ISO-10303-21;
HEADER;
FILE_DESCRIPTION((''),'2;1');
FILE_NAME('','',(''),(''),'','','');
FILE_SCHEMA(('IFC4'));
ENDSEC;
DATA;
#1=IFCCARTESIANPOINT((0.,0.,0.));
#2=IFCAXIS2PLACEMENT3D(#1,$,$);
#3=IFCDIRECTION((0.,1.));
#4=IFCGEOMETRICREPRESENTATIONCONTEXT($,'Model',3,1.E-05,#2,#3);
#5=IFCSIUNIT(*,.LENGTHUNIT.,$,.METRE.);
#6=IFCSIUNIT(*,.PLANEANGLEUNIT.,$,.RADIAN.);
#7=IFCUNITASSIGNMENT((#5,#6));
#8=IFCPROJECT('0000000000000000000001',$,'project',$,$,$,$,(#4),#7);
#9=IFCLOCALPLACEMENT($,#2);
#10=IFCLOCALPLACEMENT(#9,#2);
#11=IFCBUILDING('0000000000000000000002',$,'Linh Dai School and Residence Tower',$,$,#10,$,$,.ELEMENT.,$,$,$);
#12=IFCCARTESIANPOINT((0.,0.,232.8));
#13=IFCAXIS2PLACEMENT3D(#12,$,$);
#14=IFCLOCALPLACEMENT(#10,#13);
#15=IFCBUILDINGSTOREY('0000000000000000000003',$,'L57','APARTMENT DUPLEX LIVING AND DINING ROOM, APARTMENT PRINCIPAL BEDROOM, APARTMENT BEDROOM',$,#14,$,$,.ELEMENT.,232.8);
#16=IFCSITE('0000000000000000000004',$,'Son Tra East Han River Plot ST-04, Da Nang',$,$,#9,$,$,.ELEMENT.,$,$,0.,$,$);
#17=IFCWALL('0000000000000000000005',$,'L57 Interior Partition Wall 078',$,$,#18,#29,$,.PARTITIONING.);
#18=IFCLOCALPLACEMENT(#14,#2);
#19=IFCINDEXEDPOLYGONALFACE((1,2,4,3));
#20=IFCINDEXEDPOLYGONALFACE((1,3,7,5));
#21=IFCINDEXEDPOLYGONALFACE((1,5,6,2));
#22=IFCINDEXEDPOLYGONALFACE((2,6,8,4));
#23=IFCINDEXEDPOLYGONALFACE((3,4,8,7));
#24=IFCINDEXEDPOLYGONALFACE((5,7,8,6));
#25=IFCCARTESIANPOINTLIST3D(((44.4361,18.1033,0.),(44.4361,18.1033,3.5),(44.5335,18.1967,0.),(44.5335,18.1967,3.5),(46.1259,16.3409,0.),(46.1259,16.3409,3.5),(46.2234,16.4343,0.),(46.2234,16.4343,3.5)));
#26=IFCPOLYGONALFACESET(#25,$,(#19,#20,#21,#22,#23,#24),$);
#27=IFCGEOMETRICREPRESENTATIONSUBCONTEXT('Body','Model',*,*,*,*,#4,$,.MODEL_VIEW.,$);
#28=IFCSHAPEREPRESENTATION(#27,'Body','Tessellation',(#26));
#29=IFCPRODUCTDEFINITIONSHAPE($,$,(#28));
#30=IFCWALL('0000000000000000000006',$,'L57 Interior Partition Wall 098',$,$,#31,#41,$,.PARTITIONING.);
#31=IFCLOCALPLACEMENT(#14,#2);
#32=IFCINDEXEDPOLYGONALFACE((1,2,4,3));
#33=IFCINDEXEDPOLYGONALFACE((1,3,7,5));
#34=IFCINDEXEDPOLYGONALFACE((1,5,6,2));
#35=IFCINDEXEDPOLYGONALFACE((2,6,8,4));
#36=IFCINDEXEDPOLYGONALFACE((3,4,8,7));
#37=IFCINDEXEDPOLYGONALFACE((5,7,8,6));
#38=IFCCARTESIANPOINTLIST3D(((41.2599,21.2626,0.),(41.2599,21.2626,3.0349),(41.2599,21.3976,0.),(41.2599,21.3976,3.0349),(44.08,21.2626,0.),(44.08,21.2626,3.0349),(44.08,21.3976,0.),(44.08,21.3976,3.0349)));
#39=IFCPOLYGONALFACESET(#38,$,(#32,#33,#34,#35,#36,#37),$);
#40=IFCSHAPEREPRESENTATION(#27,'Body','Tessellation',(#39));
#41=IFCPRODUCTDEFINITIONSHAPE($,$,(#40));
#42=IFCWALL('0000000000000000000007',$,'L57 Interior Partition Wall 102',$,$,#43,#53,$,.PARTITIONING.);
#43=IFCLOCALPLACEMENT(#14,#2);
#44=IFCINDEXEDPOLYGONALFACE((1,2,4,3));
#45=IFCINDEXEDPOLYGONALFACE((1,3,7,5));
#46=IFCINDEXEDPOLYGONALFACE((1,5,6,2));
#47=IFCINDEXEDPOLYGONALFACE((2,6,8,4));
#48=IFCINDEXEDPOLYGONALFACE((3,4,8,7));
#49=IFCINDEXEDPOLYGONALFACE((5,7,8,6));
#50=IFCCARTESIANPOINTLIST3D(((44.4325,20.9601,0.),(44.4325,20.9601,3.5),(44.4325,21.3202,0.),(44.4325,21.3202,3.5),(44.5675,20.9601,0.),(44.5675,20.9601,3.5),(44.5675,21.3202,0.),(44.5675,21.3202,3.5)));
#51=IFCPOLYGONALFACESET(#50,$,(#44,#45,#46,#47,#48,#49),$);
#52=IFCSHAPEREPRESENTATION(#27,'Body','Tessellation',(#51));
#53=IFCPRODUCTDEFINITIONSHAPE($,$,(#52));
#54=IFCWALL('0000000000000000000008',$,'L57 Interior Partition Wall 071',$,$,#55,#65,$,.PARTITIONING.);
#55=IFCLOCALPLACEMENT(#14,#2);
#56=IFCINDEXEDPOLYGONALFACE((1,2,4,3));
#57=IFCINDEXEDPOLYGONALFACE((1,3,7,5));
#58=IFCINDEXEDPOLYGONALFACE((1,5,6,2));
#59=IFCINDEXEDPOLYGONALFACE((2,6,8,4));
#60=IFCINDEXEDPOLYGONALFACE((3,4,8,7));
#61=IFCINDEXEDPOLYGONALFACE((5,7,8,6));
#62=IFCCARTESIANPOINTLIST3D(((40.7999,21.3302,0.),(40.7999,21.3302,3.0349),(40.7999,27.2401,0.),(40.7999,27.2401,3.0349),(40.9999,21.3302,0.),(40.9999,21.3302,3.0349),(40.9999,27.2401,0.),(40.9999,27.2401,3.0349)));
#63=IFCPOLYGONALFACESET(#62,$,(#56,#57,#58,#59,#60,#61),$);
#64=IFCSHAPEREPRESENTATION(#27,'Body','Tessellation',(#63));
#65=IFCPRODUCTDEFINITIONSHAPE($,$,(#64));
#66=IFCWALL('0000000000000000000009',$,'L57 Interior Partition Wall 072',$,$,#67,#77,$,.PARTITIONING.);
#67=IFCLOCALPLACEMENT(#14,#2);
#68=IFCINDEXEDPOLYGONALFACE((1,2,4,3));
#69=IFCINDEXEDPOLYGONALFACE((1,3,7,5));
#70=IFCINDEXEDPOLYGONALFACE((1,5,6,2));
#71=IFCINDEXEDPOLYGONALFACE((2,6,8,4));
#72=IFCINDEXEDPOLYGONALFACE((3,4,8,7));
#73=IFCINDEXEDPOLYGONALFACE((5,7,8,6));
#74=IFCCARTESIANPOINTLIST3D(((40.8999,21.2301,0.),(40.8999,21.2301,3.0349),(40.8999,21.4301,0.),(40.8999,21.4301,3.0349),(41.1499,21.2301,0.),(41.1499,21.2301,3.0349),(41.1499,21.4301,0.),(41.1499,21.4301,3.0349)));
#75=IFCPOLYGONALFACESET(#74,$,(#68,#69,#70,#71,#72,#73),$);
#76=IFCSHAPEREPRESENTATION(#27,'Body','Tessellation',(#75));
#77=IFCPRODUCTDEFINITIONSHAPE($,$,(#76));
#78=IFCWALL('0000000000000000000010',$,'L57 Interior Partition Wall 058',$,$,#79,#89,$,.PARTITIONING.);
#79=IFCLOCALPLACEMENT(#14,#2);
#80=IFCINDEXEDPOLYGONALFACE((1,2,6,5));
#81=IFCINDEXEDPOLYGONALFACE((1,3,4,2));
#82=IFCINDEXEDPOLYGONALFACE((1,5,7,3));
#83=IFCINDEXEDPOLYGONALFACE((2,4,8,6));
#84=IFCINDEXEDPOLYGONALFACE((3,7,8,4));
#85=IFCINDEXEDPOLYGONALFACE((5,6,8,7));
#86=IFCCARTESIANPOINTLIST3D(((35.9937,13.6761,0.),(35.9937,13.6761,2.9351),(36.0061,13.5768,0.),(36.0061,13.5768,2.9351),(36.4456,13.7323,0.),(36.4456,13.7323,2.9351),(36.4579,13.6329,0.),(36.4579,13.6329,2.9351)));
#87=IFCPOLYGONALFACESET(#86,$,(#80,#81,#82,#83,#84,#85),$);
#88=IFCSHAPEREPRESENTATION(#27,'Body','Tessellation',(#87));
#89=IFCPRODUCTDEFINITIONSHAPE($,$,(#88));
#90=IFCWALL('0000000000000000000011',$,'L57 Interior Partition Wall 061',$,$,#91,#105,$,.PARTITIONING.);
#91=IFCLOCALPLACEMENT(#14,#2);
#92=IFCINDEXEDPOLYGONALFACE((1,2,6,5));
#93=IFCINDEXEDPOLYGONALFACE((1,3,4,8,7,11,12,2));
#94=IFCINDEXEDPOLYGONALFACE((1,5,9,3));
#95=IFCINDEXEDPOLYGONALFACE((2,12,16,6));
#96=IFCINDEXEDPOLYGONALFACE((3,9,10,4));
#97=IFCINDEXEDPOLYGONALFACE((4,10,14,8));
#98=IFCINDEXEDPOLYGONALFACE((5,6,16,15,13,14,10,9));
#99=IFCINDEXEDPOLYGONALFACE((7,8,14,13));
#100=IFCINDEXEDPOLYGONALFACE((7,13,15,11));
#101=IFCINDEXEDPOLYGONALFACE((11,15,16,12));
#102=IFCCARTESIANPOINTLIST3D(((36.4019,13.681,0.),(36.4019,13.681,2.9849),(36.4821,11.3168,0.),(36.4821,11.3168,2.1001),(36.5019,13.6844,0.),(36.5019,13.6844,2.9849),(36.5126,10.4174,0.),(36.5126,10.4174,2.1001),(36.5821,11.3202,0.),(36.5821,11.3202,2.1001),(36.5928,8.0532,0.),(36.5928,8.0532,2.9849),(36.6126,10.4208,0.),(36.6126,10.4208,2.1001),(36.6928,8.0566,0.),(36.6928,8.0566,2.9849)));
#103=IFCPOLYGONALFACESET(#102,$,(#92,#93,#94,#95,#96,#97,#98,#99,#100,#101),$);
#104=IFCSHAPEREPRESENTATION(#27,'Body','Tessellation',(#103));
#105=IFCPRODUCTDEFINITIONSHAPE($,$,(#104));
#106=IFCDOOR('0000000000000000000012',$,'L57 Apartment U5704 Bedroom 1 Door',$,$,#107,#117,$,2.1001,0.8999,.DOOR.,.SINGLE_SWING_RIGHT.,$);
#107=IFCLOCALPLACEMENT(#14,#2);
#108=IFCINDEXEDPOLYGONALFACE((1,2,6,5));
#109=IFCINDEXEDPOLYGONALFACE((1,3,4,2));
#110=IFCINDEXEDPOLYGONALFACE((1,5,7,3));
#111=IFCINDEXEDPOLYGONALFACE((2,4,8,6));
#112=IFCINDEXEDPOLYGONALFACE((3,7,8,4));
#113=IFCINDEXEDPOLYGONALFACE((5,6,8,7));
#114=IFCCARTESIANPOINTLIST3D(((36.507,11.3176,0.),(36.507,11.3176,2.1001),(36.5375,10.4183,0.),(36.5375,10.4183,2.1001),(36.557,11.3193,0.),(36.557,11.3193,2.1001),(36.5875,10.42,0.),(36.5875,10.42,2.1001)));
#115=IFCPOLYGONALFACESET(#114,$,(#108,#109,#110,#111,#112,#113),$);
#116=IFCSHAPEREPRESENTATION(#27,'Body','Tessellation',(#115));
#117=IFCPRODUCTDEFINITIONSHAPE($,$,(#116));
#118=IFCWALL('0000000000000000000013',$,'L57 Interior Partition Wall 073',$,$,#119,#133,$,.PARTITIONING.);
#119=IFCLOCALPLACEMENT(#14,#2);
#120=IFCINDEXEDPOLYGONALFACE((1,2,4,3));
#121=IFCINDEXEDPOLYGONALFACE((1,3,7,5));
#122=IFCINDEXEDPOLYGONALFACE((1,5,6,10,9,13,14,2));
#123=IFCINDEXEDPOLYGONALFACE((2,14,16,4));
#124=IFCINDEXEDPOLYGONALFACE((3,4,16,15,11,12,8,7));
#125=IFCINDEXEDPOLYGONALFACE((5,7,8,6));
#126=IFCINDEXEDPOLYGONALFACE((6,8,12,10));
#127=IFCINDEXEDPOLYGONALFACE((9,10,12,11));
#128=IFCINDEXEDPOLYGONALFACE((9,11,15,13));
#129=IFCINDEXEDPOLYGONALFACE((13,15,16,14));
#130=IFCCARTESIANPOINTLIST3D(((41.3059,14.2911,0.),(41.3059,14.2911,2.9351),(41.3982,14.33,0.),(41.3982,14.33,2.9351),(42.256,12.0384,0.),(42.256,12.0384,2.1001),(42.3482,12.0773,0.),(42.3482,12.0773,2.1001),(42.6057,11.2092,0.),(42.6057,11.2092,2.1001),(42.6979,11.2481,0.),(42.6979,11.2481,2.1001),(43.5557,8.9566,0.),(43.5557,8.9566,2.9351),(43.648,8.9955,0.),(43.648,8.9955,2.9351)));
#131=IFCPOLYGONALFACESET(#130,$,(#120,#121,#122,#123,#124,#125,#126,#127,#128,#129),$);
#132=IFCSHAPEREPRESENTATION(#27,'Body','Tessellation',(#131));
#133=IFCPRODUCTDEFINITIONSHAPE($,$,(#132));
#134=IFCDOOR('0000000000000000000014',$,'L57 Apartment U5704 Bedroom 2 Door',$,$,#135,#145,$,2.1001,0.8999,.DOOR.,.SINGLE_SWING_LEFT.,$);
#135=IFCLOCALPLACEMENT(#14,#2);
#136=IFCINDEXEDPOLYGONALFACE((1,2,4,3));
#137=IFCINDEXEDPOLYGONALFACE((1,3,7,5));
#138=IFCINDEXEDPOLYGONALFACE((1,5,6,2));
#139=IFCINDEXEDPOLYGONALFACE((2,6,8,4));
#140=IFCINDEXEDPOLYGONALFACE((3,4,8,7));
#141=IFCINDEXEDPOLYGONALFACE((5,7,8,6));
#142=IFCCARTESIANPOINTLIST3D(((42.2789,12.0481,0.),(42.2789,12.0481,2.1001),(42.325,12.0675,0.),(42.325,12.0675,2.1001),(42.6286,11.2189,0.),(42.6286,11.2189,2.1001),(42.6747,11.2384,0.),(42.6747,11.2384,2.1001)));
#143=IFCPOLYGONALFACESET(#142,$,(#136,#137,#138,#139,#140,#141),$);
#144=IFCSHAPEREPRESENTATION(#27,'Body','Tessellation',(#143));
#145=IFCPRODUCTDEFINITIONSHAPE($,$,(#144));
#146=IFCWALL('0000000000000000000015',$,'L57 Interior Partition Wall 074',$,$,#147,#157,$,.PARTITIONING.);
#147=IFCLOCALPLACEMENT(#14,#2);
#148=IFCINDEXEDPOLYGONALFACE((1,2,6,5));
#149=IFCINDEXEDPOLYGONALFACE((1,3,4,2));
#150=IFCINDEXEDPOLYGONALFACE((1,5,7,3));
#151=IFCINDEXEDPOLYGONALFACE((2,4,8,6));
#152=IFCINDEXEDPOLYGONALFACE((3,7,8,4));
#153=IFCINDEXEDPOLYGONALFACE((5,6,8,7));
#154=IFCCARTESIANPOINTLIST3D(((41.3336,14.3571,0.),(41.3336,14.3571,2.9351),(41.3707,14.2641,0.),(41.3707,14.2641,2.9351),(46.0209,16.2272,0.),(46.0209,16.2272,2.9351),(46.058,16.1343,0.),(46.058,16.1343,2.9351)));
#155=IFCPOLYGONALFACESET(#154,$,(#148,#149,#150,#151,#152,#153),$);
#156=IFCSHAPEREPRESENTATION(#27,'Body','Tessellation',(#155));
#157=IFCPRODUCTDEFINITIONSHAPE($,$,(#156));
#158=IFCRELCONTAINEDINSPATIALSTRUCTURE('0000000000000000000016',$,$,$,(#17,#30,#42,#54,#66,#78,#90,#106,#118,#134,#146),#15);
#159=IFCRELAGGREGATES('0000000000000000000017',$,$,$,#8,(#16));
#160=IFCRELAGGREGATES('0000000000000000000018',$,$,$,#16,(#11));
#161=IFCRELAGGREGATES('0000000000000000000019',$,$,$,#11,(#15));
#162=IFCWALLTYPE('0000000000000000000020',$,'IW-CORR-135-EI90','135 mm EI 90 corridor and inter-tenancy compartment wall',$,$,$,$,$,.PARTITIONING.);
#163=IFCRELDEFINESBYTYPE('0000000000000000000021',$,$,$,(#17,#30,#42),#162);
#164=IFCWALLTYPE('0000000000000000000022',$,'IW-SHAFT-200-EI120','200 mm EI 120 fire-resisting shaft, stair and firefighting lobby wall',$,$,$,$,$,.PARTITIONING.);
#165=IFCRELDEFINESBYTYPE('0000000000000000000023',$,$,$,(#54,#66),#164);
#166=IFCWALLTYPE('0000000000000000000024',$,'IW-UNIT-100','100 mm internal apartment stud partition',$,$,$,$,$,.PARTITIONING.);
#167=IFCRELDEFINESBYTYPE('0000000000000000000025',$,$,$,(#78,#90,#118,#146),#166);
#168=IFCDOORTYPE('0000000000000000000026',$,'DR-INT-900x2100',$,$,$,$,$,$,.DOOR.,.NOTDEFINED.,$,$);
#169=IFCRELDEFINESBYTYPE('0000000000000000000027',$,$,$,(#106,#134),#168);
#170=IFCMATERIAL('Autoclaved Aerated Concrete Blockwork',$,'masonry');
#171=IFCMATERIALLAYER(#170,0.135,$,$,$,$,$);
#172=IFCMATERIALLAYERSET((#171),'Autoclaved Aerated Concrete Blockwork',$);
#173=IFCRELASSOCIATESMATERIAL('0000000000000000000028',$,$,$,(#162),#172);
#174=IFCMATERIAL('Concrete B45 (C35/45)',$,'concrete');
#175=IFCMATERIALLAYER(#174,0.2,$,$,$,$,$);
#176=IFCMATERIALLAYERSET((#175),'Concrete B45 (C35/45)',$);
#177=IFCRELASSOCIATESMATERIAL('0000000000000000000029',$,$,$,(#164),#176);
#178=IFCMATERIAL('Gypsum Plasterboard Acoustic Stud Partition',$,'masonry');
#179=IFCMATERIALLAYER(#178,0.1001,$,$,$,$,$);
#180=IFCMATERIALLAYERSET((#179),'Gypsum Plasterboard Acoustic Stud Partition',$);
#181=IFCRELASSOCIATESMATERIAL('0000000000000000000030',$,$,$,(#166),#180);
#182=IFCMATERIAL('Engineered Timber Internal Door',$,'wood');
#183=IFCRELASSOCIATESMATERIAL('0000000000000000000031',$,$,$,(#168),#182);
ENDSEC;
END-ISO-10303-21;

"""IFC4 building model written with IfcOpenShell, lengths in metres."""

from ifc_helpers import new_model, si_unit, direction, frame, frame_2d, origin, origin_2d, place, context, subcontext, project, spatial, rectangle, extrude, source, transform, mapped, material, layer, layer_set, type_object, element, fill, save


model = new_model("IFC4")

# Units and contexts
model_context = context("Model", 3, precision=1e-05, world=origin(), true_north=direction((0.0, 1.0)))
body_context = subcontext(model_context, "Body", "Model", "MODEL_VIEW")
ifc_project = project(units=[si_unit("LENGTHUNIT", "METRE"), si_unit("PLANEANGLEUNIT", "RADIAN")], contexts=[model_context])

# Site, building, storey
site_placement = place(None, origin())
site = spatial("IfcSite", under=ifc_project, at=site_placement, Name="Son Tra East Han River Plot ST-04, Da Nang", CompositionType="ELEMENT", RefElevation=0.0)
building_placement = place(site_placement, origin())
building = spatial("IfcBuilding", under=site, at=building_placement, Name="Linh Dai School and Residence Tower", CompositionType="ELEMENT")
storey_placement = place(building_placement, frame((0.0, 0.0, 232.8)))
storey = spatial("IfcBuildingStorey", under=building, at=storey_placement, Name="L57", Description="APARTMENT DUPLEX LIVING AND DINING ROOM, APARTMENT PRINCIPAL BEDROOM, APARTMENT BEDROOM", CompositionType="ELEMENT", Elevation=232.8)

# Walls
ifc_material_1 = material(Name="Autoclaved Aerated Concrete Blockwork", Category="masonry")
ifc_layer_1 = layer(ifc_material_1, 0.135)
ifc_layer_set_1 = layer_set([ifc_layer_1], Name="Autoclaved Aerated Concrete Blockwork")
wall_type_1 = type_object("IfcWallType", Name="IW-CORR-135-EI90", Description="135 mm EI 90 corridor and inter-tenancy compartment wall", PredefinedType="PARTITIONING", material=ifc_layer_set_1)
wall_1_placement = place(storey_placement, frame((44.4849, 18.1499, 0.0), z_axis=(0.0, 0.0, 1.0), x_axis=(0.692103, -0.721799, 0.0)))
element("IfcWall", 1, at=wall_1_placement, inside=storey, type_object=wall_type_1, Name="L57 Interior Partition Wall 078", PredefinedType="PARTITIONING", context=body_context, shape_type="SweptSolid", body=[
    extrude(rectangle(XDim=2.4417, YDim=0.135, at=frame_2d((1.2207, 0.0))), origin(), (0.0, 0.0, 1.0), 3.5),
])
wall_2_placement = place(storey_placement, frame((44.0801, 21.3301, 0.0), z_axis=(0.0, 0.0, 1.0), x_axis=(-1.0, 0.0, 0.0)))
element("IfcWall", 2, at=wall_2_placement, inside=storey, type_object=wall_type_1, Name="L57 Interior Partition Wall 098", PredefinedType="PARTITIONING", context=body_context, shape_type="SweptSolid", body=[
    extrude(rectangle(XDim=2.8201, YDim=0.135, at=frame_2d((1.4102, 0.0))), origin(), (0.0, 0.0, 1.0), 3.0349),
])
wall_3_placement = place(storey_placement, frame((44.5, 20.96, 0.0), z_axis=(0.0, 0.0, 1.0), x_axis=(0.0, 1.0, 0.0)))
element("IfcWall", 3, at=wall_3_placement, inside=storey, type_object=wall_type_1, Name="L57 Interior Partition Wall 102", PredefinedType="PARTITIONING", context=body_context, shape_type="SweptSolid", body=[
    extrude(rectangle(XDim=0.3601, YDim=0.135, at=frame_2d((0.1802, 0.0))), origin(), (0.0, 0.0, 1.0), 3.5),
])
ifc_material_2 = material(Name="Concrete B45 (C35/45)", Category="concrete")
ifc_layer_2 = layer(ifc_material_2, 0.2)
ifc_layer_set_2 = layer_set([ifc_layer_2], Name="Concrete B45 (C35/45)")
wall_type_2 = type_object("IfcWallType", Name="IW-SHAFT-200-EI120", Description="200 mm EI 120 fire-resisting shaft, stair and firefighting lobby wall", PredefinedType="PARTITIONING", material=ifc_layer_set_2)
wall_4_placement = place(storey_placement, frame((40.8999, 21.3301, 0.0), z_axis=(0.0, 0.0, 1.0), x_axis=(0.0, 1.0, 0.0)))
element("IfcWall", 4, at=wall_4_placement, inside=storey, type_object=wall_type_2, Name="L57 Interior Partition Wall 071", PredefinedType="PARTITIONING", context=body_context, shape_type="SweptSolid", body=[
    extrude(rectangle(XDim=5.9099, YDim=0.2, at=frame_2d((2.9551, 0.0))), origin(), (0.0, 0.0, 1.0), 3.0349),
])
wall_5_placement = place(storey_placement, frame((40.8999, 21.3301, 0.0), z_axis=(0.0, 0.0, 1.0), x_axis=(1.0, 0.0, 0.0)))
element("IfcWall", 5, at=wall_5_placement, inside=storey, type_object=wall_type_2, Name="L57 Interior Partition Wall 072", PredefinedType="PARTITIONING", context=body_context, shape_type="SweptSolid", body=[
    extrude(rectangle(XDim=0.25, YDim=0.2, at=frame_2d((0.125, 0.0))), origin(), (0.0, 0.0, 1.0), 3.0349),
])
ifc_material_3 = material(Name="Gypsum Plasterboard Acoustic Stud Partition", Category="masonry")
ifc_layer_3 = layer(ifc_material_3, 0.1001)
ifc_layer_set_3 = layer_set([ifc_layer_3], Name="Gypsum Plasterboard Acoustic Stud Partition")
wall_type_3 = type_object("IfcWallType", Name="IW-UNIT-100", Description="100 mm internal apartment stud partition", PredefinedType="PARTITIONING", material=ifc_layer_set_3)
wall_6_placement = place(storey_placement, frame((36.0, 13.6265, 0.0), z_axis=(0.0, 0.0, 1.0), x_axis=(0.992368, 0.123309, 0.0)))
element("IfcWall", 6, at=wall_6_placement, inside=storey, type_object=wall_type_3, Name="L57 Interior Partition Wall 058", PredefinedType="PARTITIONING", context=body_context, shape_type="SweptSolid", body=[
    extrude(rectangle(XDim=0.4553, YDim=0.1001, at=frame_2d((0.2275, 0.0))), origin(), (0.0, 0.0, 1.0), 2.9351),
])

# Walls, openings, doors
wall_7_placement = place(storey_placement, frame((36.4519, 13.6826, 0.0), z_axis=(0.0, 0.0, 1.0), x_axis=(0.033904, -0.999425, 0.0)))
wall_7 = element("IfcWall", 7, at=wall_7_placement, inside=storey, type_object=wall_type_3, Name="L57 Interior Partition Wall 061", PredefinedType="PARTITIONING", context=body_context, shape_type="SweptSolid", body=[
    extrude(rectangle(XDim=5.6311, YDim=0.1001, at=frame_2d((2.8154, 0.0))), origin(), (0.0, 0.0, 1.0), 2.9849),
])
opening_1_placement = place(wall_7_placement, frame((2.3655, 0.0, 0.0)))
opening_1 = element("IfcOpeningElement", 8, at=opening_1_placement, cuts=wall_7, PredefinedType="OPENING", context=body_context, shape_type="SweptSolid", body=[
    extrude(rectangle(XDim=0.8999, YDim=2.1001, at=origin_2d()), frame((0.45, 0.0601, 1.05), z_axis=(0.0, -1.0, 0.0), x_axis=(1.0, 0.0, 0.0)), (0.0, 0.0, 1.0), 0.1201),
])
ifc_material_4 = material(Name="Engineered Timber Internal Door", Category="wood")
door_type = type_object("IfcDoorType", Name="DR-INT-900x2100", OperationType="NOTDEFINED", PredefinedType="DOOR", material=ifc_material_4)
shared_shape_1 = source(origin(), body_context, "Body", "SweptSolid", [
    extrude(rectangle(XDim=0.8999, YDim=2.1001, at=origin_2d()), frame((0.45, 0.0249, 1.05), z_axis=(0.0, -1.0, 0.0), x_axis=(1.0, 0.0, 0.0)), (0.0, 0.0, 1.0), 0.05),
])
door_1_placement = place(opening_1_placement, origin())
door_1 = element("IfcDoor", 9, at=door_1_placement, inside=storey, type_object=door_type, Name="L57 Apartment U5704 Bedroom 1 Door", OperationType="SINGLE_SWING_RIGHT", OverallHeight=2.1001, OverallWidth=0.8999, PredefinedType="DOOR", context=body_context, shape_type="MappedRepresentation", body=[
    mapped(shared_shape_1, transform((0.0, 0.0, 0.0), x_axis=(1.0, 0.0, 0.0), y_axis=(0.0, 1.0, 0.0), z_axis=(0.0, 0.0, 1.0), scale=1.0)),
])
fill(opening_1, door_1)
wall_8_placement = place(storey_placement, frame((41.3521, 14.3105, 0.0), z_axis=(0.0, 0.0, 1.0), x_axis=(0.388594, -0.921409, 0.0)))
wall_8 = element("IfcWall", 10, at=wall_8_placement, inside=storey, type_object=wall_type_3, Name="L57 Interior Partition Wall 073", PredefinedType="PARTITIONING", context=body_context, shape_type="SweptSolid", body=[
    extrude(rectangle(XDim=5.7896, YDim=0.1001, at=frame_2d((2.8948, 0.0))), origin(), (0.0, 0.0, 1.0), 2.9351),
])
opening_2_placement = place(wall_8_placement, frame((2.4448, 0.0, 0.0)))
opening_2 = element("IfcOpeningElement", 11, at=opening_2_placement, cuts=wall_8, PredefinedType="OPENING", context=body_context, shape_type="SweptSolid", body=[
    extrude(rectangle(XDim=0.8999, YDim=2.1001, at=origin_2d()), frame((0.45, 0.0601, 1.05), z_axis=(0.0, -1.0, 0.0), x_axis=(1.0, 0.0, 0.0)), (0.0, 0.0, 1.0), 0.1201),
])
door_2_placement = place(opening_2_placement, origin())
door_2 = element("IfcDoor", 12, at=door_2_placement, inside=storey, type_object=door_type, Name="L57 Apartment U5704 Bedroom 2 Door", OperationType="SINGLE_SWING_LEFT", OverallHeight=2.1001, OverallWidth=0.8999, PredefinedType="DOOR", context=body_context, shape_type="MappedRepresentation", body=[
    mapped(shared_shape_1, transform((0.0, 0.0, 0.0), x_axis=(1.0, 0.0, 0.0), y_axis=(0.0, 1.0, 0.0), z_axis=(0.0, 0.0, 1.0), scale=1.0)),
])
fill(opening_2, door_2)

# Wall
wall_9_placement = place(storey_placement, frame((41.3521, 14.3105, 0.0), z_axis=(0.0, 0.0, 1.0), x_axis=(0.928803, 0.370573, 0.0)))
element("IfcWall", 13, at=wall_9_placement, inside=storey, type_object=wall_type_3, Name="L57 Interior Partition Wall 074", PredefinedType="PARTITIONING", context=body_context, shape_type="SweptSolid", body=[
    extrude(rectangle(XDim=5.0466, YDim=0.1001, at=frame_2d((2.5234, 0.0))), origin(), (0.0, 0.0, 1.0), 2.9351),
])

save(model, "model.ifc")
